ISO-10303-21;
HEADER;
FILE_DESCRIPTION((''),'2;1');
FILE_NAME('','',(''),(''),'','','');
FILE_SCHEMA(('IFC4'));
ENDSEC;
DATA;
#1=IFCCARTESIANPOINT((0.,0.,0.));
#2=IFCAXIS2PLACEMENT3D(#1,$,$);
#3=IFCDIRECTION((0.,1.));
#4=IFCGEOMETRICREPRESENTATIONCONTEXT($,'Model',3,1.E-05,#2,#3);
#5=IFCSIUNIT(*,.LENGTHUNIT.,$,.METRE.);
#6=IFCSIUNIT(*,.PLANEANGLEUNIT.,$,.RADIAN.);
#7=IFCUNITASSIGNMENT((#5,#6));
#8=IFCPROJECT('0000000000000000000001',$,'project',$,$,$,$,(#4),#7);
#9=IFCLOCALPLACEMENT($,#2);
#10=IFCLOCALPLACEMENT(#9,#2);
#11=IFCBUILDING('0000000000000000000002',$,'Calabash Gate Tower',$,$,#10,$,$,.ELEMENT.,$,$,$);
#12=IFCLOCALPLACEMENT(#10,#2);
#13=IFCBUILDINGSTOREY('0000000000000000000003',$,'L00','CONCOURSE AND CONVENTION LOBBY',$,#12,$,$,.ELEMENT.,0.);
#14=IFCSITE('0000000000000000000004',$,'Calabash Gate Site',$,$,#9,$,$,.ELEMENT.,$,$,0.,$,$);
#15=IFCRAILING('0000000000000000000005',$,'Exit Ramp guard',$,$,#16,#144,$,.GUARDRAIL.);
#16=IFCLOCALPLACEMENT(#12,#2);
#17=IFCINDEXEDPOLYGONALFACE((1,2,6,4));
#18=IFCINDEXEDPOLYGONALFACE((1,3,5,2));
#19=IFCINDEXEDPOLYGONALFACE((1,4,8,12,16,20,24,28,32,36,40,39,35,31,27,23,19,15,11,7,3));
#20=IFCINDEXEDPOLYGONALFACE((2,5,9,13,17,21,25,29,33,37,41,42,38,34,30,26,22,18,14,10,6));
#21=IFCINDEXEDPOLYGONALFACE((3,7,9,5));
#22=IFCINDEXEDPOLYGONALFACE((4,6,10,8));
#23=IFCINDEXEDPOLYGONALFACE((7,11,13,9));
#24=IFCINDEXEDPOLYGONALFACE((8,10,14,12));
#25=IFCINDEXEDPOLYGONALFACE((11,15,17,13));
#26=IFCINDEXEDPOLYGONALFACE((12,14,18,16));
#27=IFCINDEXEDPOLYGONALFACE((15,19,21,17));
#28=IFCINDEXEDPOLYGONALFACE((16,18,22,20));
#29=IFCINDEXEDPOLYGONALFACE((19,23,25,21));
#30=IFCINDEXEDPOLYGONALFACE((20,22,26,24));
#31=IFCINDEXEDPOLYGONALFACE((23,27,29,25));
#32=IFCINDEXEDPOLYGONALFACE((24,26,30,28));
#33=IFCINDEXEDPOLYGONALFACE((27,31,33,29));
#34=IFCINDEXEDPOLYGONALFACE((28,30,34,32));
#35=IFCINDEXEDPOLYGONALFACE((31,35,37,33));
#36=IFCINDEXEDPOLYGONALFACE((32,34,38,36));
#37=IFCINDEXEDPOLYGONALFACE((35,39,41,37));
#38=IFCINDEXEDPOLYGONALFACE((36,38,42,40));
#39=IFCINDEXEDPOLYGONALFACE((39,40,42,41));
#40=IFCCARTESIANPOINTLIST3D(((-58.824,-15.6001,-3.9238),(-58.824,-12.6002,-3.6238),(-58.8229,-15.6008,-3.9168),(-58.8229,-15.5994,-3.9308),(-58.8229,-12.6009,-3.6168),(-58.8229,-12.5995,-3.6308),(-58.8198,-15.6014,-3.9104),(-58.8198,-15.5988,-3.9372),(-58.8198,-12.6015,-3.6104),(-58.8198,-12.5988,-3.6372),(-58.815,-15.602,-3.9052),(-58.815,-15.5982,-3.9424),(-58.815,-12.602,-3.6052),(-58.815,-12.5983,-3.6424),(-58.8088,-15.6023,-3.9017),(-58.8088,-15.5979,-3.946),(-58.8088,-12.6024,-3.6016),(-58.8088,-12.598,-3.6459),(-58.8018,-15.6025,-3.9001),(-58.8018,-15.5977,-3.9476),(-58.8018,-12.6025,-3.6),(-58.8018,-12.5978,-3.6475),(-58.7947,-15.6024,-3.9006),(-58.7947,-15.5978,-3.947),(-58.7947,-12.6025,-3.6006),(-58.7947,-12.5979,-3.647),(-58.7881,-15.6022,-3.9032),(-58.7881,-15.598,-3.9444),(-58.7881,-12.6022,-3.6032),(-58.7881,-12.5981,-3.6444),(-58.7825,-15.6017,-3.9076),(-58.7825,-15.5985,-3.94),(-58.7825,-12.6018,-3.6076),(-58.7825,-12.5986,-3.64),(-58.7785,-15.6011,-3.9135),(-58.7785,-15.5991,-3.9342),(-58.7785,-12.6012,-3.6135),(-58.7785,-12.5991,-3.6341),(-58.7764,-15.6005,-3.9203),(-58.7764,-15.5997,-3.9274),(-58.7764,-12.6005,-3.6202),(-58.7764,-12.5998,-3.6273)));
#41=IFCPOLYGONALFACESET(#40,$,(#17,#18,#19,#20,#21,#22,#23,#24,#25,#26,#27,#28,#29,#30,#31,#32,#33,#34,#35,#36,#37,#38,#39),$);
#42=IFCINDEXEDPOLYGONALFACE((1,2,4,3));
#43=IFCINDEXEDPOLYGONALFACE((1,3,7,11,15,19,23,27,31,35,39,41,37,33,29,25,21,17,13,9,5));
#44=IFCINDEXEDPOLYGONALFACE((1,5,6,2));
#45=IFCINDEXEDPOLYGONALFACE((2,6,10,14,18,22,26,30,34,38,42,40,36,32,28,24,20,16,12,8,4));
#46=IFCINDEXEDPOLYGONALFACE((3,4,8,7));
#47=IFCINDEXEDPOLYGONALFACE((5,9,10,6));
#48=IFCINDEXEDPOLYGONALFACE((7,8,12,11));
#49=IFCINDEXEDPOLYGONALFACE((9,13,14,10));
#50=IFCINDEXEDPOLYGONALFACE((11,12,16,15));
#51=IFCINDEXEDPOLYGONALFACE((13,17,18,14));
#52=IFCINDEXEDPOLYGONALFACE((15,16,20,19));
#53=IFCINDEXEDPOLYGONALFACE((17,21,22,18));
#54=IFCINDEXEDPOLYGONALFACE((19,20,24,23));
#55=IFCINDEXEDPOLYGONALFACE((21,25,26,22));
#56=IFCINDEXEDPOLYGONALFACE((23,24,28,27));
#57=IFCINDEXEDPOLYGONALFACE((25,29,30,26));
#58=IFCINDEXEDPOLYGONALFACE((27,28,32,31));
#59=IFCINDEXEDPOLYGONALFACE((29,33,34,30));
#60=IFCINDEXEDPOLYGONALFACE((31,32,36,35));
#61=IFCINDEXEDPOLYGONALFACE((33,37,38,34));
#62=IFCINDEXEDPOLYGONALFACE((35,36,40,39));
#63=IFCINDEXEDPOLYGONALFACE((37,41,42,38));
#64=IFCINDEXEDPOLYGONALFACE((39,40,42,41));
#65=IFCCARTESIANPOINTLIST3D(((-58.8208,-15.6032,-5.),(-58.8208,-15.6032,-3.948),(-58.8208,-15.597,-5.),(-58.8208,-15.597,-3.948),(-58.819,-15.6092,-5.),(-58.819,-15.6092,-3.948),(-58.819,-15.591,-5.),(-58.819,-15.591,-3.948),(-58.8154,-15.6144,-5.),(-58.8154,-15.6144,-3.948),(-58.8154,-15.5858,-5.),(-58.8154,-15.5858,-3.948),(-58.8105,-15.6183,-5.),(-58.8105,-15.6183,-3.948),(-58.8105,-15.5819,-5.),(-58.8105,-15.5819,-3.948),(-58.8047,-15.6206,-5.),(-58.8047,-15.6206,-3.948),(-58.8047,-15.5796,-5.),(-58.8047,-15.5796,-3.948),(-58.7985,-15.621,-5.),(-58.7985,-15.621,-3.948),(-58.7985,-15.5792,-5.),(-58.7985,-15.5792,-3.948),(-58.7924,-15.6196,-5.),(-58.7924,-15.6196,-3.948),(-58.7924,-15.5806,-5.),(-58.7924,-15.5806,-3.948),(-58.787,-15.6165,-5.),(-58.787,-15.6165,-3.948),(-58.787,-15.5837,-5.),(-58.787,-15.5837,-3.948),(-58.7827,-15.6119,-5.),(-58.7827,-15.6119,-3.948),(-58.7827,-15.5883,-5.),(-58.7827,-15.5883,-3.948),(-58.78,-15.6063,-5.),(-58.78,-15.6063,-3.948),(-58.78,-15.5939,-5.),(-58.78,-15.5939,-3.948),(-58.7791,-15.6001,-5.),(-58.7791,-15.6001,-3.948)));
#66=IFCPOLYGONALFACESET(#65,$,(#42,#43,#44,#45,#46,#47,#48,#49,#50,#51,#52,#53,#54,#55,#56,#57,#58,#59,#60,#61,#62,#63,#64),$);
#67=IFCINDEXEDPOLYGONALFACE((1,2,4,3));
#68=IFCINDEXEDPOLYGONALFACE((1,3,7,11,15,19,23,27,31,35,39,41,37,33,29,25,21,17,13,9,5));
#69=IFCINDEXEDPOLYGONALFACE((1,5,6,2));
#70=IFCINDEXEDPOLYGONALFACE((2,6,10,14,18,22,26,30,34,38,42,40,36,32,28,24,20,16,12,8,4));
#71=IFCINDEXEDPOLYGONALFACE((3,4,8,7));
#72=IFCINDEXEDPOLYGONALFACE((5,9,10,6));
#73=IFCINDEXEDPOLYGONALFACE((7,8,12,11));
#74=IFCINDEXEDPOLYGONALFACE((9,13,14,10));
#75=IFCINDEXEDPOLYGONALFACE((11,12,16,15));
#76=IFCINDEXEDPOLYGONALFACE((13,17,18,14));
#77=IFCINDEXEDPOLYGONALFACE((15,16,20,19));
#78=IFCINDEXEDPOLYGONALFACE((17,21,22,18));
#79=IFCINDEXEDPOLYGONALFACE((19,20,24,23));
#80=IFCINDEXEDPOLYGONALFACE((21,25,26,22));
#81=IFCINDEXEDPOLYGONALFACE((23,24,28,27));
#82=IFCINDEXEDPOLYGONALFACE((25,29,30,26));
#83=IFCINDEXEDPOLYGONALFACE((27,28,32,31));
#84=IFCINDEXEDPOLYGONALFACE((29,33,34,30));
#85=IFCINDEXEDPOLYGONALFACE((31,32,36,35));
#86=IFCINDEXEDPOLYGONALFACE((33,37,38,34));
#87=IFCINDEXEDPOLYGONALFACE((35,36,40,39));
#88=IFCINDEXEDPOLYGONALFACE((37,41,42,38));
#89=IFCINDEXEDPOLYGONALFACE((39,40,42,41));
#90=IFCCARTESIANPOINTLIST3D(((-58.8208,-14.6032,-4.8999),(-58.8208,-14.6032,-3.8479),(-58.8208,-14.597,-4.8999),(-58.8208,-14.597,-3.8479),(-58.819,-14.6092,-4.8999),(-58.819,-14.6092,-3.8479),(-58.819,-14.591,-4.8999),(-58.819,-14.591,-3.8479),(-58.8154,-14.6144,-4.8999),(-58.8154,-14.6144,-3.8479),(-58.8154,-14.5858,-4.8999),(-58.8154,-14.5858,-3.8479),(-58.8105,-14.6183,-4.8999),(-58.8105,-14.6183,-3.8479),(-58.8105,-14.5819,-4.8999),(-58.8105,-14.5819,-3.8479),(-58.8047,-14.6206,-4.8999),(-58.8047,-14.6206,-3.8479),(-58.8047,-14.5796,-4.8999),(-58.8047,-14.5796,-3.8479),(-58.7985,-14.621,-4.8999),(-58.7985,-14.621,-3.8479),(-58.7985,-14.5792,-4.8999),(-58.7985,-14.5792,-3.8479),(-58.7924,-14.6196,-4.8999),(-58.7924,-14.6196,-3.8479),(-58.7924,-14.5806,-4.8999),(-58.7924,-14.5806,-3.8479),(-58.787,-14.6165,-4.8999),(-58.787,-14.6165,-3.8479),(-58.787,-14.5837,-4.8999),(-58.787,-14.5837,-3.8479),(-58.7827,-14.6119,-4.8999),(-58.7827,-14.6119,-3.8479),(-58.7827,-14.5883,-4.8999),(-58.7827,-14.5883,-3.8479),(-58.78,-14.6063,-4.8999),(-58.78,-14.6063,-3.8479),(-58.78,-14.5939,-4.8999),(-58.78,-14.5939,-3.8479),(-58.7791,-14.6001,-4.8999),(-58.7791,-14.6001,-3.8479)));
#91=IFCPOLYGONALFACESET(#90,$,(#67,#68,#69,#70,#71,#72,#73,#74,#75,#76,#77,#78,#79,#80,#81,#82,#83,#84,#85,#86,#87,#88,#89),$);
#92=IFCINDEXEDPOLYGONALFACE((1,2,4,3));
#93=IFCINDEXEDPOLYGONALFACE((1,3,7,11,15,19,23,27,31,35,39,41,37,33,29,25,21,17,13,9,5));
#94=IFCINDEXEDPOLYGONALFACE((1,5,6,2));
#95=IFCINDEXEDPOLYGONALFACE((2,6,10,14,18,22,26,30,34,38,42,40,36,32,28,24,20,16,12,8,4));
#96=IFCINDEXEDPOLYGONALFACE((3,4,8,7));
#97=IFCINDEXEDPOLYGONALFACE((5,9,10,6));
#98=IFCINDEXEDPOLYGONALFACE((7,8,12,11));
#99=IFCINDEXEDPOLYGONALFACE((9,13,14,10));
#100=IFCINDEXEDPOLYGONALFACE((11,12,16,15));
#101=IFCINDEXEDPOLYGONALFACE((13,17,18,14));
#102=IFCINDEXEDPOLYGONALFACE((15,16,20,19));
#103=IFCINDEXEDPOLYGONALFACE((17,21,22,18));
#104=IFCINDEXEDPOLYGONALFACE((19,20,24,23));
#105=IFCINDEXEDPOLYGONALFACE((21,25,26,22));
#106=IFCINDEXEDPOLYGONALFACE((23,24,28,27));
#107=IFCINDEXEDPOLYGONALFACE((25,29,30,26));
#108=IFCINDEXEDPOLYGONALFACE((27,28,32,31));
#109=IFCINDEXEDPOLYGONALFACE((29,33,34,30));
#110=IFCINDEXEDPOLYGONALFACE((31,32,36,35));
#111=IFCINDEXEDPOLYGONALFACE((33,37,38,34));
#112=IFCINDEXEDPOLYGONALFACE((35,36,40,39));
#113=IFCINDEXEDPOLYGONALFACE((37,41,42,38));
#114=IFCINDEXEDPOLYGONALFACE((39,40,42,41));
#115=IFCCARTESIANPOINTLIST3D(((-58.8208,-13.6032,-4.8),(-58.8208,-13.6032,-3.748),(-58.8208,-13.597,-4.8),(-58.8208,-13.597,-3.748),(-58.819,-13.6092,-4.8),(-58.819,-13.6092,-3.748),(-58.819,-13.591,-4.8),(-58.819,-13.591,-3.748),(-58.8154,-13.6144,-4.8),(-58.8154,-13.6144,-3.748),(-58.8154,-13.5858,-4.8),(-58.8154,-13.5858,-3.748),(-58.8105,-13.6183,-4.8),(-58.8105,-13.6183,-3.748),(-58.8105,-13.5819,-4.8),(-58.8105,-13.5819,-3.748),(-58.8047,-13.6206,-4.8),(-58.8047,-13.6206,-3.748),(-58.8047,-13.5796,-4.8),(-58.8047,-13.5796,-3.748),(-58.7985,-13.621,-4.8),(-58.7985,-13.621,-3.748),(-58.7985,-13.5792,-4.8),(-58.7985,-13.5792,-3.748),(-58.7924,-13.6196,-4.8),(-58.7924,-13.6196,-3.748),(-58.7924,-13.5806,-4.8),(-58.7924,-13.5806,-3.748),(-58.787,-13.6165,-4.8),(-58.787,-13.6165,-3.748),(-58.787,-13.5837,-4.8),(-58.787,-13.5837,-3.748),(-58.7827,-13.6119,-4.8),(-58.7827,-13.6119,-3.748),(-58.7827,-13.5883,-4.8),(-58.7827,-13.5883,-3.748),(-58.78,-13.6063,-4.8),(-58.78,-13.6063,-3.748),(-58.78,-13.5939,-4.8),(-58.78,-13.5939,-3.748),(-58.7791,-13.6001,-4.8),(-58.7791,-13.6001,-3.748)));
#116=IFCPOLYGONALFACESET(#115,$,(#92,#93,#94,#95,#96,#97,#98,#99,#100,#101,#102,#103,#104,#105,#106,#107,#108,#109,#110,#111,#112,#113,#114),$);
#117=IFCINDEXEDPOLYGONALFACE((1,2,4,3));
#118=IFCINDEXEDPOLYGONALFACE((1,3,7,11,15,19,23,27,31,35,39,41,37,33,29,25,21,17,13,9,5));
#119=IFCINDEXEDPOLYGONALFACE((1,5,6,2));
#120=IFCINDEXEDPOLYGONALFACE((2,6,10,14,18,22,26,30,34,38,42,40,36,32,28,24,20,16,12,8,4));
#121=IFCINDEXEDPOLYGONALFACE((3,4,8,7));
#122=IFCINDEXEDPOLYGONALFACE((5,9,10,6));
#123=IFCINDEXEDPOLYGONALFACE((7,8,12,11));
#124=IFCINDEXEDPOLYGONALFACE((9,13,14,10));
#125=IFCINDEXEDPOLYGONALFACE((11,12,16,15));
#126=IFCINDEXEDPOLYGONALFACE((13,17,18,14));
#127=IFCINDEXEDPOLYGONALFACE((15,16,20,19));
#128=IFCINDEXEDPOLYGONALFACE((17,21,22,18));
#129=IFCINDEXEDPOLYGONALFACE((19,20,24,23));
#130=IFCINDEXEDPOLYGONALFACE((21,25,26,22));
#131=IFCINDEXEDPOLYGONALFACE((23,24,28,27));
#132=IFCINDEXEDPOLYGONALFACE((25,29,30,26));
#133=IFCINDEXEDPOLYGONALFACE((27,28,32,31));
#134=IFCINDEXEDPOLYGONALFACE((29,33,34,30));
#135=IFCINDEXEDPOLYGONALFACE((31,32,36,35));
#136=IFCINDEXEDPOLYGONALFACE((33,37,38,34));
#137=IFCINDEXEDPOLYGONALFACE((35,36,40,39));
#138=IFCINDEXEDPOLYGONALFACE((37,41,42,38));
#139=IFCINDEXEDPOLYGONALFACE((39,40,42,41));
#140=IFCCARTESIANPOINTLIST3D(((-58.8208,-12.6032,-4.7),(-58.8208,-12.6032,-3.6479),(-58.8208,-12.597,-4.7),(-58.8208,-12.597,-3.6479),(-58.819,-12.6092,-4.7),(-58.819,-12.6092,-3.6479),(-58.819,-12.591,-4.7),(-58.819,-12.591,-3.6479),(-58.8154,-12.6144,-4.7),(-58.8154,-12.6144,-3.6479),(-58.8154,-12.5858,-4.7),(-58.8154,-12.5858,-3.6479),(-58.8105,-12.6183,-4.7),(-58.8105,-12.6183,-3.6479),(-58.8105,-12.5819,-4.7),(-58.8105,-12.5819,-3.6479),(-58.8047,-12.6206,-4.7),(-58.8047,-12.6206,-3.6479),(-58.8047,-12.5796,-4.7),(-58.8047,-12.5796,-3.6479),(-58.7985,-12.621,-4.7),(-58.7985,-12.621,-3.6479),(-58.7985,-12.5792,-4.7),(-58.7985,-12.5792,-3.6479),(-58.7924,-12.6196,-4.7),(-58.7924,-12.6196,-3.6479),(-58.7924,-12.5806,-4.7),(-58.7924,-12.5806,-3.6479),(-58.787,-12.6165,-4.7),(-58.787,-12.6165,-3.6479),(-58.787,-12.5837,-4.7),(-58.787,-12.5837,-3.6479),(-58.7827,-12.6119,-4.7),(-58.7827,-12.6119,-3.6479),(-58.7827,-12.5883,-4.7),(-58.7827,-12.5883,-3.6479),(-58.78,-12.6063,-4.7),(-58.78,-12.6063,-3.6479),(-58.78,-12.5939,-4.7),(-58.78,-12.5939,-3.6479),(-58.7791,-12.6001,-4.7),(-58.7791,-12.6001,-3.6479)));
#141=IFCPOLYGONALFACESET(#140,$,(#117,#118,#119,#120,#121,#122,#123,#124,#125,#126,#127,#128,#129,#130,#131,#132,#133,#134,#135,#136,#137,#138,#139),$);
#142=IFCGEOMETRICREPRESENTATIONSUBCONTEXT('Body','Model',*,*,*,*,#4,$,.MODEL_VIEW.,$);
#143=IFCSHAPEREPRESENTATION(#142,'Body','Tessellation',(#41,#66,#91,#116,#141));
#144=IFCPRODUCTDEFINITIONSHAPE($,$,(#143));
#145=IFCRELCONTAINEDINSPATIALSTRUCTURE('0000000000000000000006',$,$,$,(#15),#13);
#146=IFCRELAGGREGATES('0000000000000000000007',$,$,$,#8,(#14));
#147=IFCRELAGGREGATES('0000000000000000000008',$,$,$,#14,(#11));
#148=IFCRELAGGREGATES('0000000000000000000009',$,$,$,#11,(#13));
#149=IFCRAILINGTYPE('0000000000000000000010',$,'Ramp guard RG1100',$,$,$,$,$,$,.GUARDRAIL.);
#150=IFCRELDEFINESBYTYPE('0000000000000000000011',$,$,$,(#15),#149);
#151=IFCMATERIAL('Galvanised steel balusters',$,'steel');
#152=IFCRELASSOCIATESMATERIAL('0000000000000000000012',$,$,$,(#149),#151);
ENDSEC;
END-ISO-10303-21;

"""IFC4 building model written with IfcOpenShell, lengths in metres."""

from ifc_helpers import new_model, si_unit, direction, frame, origin, origin_2d, place, context, subcontext, project, spatial, circle, extrude, material, type_object, element, save


model = new_model("IFC4")

# Units and contexts
model_context = context("Model", 3, precision=1e-05, world=origin(), true_north=direction((0.0, 1.0)))
body_context = subcontext(model_context, "Body", "Model", "MODEL_VIEW")
ifc_project = project(units=[si_unit("LENGTHUNIT", "METRE"), si_unit("PLANEANGLEUNIT", "RADIAN")], contexts=[model_context])

# Site, building, storey
site_placement = place(None, origin())
site = spatial("IfcSite", under=ifc_project, at=site_placement, Name="Calabash Gate Site", CompositionType="ELEMENT", RefElevation=0.0)
building_placement = place(site_placement, origin())
building = spatial("IfcBuilding", under=site, at=building_placement, Name="Calabash Gate Tower", CompositionType="ELEMENT")
storey_placement = place(building_placement, origin())
storey = spatial("IfcBuildingStorey", under=building, at=storey_placement, Name="L00", Description="CONCOURSE AND CONVENTION LOBBY", CompositionType="ELEMENT", Elevation=0.0)

# Railing
ifc_material_1 = material(Name="Galvanised steel balusters", Category="steel")
railing_type = type_object("IfcRailingType", Name="Ramp guard RG1100", PredefinedType="GUARDRAIL", material=ifc_material_1)
for number, where, name in (
    (1, (-58.8, -15.6001, -5.0), "Exit Ramp guard"),
):
    element("IfcRailing", number, at=place(storey_placement, frame(where)), inside=storey, type_object=railing_type, Name=name, PredefinedType="GUARDRAIL", context=body_context, shape_type="SweptSolid", body=[
        extrude(circle(Radius=0.0239, at=origin_2d()), frame((0.0, 0.0, 1.0762), z_axis=(0.0, 0.995036, 0.09952), x_axis=(-1.0, 0.0, 0.0)), (0.0, 0.0, 1.0), 3.0149),
        extrude(circle(Radius=0.021, at=origin_2d()), origin(), (0.0, 0.0, 1.0), 1.052),
        extrude(circle(Radius=0.021, at=origin_2d()), frame((0.0, 1.0, 0.1001)), (0.0, 0.0, 1.0), 1.052),
        extrude(circle(Radius=0.021, at=origin_2d()), frame((0.0, 2.0, 0.2)), (0.0, 0.0, 1.0), 1.052),
        extrude(circle(Radius=0.021, at=origin_2d()), frame((0.0, 3.0, 0.3)), (0.0, 0.0, 1.0), 1.052),
    ])

save(model, "model.ifc")
